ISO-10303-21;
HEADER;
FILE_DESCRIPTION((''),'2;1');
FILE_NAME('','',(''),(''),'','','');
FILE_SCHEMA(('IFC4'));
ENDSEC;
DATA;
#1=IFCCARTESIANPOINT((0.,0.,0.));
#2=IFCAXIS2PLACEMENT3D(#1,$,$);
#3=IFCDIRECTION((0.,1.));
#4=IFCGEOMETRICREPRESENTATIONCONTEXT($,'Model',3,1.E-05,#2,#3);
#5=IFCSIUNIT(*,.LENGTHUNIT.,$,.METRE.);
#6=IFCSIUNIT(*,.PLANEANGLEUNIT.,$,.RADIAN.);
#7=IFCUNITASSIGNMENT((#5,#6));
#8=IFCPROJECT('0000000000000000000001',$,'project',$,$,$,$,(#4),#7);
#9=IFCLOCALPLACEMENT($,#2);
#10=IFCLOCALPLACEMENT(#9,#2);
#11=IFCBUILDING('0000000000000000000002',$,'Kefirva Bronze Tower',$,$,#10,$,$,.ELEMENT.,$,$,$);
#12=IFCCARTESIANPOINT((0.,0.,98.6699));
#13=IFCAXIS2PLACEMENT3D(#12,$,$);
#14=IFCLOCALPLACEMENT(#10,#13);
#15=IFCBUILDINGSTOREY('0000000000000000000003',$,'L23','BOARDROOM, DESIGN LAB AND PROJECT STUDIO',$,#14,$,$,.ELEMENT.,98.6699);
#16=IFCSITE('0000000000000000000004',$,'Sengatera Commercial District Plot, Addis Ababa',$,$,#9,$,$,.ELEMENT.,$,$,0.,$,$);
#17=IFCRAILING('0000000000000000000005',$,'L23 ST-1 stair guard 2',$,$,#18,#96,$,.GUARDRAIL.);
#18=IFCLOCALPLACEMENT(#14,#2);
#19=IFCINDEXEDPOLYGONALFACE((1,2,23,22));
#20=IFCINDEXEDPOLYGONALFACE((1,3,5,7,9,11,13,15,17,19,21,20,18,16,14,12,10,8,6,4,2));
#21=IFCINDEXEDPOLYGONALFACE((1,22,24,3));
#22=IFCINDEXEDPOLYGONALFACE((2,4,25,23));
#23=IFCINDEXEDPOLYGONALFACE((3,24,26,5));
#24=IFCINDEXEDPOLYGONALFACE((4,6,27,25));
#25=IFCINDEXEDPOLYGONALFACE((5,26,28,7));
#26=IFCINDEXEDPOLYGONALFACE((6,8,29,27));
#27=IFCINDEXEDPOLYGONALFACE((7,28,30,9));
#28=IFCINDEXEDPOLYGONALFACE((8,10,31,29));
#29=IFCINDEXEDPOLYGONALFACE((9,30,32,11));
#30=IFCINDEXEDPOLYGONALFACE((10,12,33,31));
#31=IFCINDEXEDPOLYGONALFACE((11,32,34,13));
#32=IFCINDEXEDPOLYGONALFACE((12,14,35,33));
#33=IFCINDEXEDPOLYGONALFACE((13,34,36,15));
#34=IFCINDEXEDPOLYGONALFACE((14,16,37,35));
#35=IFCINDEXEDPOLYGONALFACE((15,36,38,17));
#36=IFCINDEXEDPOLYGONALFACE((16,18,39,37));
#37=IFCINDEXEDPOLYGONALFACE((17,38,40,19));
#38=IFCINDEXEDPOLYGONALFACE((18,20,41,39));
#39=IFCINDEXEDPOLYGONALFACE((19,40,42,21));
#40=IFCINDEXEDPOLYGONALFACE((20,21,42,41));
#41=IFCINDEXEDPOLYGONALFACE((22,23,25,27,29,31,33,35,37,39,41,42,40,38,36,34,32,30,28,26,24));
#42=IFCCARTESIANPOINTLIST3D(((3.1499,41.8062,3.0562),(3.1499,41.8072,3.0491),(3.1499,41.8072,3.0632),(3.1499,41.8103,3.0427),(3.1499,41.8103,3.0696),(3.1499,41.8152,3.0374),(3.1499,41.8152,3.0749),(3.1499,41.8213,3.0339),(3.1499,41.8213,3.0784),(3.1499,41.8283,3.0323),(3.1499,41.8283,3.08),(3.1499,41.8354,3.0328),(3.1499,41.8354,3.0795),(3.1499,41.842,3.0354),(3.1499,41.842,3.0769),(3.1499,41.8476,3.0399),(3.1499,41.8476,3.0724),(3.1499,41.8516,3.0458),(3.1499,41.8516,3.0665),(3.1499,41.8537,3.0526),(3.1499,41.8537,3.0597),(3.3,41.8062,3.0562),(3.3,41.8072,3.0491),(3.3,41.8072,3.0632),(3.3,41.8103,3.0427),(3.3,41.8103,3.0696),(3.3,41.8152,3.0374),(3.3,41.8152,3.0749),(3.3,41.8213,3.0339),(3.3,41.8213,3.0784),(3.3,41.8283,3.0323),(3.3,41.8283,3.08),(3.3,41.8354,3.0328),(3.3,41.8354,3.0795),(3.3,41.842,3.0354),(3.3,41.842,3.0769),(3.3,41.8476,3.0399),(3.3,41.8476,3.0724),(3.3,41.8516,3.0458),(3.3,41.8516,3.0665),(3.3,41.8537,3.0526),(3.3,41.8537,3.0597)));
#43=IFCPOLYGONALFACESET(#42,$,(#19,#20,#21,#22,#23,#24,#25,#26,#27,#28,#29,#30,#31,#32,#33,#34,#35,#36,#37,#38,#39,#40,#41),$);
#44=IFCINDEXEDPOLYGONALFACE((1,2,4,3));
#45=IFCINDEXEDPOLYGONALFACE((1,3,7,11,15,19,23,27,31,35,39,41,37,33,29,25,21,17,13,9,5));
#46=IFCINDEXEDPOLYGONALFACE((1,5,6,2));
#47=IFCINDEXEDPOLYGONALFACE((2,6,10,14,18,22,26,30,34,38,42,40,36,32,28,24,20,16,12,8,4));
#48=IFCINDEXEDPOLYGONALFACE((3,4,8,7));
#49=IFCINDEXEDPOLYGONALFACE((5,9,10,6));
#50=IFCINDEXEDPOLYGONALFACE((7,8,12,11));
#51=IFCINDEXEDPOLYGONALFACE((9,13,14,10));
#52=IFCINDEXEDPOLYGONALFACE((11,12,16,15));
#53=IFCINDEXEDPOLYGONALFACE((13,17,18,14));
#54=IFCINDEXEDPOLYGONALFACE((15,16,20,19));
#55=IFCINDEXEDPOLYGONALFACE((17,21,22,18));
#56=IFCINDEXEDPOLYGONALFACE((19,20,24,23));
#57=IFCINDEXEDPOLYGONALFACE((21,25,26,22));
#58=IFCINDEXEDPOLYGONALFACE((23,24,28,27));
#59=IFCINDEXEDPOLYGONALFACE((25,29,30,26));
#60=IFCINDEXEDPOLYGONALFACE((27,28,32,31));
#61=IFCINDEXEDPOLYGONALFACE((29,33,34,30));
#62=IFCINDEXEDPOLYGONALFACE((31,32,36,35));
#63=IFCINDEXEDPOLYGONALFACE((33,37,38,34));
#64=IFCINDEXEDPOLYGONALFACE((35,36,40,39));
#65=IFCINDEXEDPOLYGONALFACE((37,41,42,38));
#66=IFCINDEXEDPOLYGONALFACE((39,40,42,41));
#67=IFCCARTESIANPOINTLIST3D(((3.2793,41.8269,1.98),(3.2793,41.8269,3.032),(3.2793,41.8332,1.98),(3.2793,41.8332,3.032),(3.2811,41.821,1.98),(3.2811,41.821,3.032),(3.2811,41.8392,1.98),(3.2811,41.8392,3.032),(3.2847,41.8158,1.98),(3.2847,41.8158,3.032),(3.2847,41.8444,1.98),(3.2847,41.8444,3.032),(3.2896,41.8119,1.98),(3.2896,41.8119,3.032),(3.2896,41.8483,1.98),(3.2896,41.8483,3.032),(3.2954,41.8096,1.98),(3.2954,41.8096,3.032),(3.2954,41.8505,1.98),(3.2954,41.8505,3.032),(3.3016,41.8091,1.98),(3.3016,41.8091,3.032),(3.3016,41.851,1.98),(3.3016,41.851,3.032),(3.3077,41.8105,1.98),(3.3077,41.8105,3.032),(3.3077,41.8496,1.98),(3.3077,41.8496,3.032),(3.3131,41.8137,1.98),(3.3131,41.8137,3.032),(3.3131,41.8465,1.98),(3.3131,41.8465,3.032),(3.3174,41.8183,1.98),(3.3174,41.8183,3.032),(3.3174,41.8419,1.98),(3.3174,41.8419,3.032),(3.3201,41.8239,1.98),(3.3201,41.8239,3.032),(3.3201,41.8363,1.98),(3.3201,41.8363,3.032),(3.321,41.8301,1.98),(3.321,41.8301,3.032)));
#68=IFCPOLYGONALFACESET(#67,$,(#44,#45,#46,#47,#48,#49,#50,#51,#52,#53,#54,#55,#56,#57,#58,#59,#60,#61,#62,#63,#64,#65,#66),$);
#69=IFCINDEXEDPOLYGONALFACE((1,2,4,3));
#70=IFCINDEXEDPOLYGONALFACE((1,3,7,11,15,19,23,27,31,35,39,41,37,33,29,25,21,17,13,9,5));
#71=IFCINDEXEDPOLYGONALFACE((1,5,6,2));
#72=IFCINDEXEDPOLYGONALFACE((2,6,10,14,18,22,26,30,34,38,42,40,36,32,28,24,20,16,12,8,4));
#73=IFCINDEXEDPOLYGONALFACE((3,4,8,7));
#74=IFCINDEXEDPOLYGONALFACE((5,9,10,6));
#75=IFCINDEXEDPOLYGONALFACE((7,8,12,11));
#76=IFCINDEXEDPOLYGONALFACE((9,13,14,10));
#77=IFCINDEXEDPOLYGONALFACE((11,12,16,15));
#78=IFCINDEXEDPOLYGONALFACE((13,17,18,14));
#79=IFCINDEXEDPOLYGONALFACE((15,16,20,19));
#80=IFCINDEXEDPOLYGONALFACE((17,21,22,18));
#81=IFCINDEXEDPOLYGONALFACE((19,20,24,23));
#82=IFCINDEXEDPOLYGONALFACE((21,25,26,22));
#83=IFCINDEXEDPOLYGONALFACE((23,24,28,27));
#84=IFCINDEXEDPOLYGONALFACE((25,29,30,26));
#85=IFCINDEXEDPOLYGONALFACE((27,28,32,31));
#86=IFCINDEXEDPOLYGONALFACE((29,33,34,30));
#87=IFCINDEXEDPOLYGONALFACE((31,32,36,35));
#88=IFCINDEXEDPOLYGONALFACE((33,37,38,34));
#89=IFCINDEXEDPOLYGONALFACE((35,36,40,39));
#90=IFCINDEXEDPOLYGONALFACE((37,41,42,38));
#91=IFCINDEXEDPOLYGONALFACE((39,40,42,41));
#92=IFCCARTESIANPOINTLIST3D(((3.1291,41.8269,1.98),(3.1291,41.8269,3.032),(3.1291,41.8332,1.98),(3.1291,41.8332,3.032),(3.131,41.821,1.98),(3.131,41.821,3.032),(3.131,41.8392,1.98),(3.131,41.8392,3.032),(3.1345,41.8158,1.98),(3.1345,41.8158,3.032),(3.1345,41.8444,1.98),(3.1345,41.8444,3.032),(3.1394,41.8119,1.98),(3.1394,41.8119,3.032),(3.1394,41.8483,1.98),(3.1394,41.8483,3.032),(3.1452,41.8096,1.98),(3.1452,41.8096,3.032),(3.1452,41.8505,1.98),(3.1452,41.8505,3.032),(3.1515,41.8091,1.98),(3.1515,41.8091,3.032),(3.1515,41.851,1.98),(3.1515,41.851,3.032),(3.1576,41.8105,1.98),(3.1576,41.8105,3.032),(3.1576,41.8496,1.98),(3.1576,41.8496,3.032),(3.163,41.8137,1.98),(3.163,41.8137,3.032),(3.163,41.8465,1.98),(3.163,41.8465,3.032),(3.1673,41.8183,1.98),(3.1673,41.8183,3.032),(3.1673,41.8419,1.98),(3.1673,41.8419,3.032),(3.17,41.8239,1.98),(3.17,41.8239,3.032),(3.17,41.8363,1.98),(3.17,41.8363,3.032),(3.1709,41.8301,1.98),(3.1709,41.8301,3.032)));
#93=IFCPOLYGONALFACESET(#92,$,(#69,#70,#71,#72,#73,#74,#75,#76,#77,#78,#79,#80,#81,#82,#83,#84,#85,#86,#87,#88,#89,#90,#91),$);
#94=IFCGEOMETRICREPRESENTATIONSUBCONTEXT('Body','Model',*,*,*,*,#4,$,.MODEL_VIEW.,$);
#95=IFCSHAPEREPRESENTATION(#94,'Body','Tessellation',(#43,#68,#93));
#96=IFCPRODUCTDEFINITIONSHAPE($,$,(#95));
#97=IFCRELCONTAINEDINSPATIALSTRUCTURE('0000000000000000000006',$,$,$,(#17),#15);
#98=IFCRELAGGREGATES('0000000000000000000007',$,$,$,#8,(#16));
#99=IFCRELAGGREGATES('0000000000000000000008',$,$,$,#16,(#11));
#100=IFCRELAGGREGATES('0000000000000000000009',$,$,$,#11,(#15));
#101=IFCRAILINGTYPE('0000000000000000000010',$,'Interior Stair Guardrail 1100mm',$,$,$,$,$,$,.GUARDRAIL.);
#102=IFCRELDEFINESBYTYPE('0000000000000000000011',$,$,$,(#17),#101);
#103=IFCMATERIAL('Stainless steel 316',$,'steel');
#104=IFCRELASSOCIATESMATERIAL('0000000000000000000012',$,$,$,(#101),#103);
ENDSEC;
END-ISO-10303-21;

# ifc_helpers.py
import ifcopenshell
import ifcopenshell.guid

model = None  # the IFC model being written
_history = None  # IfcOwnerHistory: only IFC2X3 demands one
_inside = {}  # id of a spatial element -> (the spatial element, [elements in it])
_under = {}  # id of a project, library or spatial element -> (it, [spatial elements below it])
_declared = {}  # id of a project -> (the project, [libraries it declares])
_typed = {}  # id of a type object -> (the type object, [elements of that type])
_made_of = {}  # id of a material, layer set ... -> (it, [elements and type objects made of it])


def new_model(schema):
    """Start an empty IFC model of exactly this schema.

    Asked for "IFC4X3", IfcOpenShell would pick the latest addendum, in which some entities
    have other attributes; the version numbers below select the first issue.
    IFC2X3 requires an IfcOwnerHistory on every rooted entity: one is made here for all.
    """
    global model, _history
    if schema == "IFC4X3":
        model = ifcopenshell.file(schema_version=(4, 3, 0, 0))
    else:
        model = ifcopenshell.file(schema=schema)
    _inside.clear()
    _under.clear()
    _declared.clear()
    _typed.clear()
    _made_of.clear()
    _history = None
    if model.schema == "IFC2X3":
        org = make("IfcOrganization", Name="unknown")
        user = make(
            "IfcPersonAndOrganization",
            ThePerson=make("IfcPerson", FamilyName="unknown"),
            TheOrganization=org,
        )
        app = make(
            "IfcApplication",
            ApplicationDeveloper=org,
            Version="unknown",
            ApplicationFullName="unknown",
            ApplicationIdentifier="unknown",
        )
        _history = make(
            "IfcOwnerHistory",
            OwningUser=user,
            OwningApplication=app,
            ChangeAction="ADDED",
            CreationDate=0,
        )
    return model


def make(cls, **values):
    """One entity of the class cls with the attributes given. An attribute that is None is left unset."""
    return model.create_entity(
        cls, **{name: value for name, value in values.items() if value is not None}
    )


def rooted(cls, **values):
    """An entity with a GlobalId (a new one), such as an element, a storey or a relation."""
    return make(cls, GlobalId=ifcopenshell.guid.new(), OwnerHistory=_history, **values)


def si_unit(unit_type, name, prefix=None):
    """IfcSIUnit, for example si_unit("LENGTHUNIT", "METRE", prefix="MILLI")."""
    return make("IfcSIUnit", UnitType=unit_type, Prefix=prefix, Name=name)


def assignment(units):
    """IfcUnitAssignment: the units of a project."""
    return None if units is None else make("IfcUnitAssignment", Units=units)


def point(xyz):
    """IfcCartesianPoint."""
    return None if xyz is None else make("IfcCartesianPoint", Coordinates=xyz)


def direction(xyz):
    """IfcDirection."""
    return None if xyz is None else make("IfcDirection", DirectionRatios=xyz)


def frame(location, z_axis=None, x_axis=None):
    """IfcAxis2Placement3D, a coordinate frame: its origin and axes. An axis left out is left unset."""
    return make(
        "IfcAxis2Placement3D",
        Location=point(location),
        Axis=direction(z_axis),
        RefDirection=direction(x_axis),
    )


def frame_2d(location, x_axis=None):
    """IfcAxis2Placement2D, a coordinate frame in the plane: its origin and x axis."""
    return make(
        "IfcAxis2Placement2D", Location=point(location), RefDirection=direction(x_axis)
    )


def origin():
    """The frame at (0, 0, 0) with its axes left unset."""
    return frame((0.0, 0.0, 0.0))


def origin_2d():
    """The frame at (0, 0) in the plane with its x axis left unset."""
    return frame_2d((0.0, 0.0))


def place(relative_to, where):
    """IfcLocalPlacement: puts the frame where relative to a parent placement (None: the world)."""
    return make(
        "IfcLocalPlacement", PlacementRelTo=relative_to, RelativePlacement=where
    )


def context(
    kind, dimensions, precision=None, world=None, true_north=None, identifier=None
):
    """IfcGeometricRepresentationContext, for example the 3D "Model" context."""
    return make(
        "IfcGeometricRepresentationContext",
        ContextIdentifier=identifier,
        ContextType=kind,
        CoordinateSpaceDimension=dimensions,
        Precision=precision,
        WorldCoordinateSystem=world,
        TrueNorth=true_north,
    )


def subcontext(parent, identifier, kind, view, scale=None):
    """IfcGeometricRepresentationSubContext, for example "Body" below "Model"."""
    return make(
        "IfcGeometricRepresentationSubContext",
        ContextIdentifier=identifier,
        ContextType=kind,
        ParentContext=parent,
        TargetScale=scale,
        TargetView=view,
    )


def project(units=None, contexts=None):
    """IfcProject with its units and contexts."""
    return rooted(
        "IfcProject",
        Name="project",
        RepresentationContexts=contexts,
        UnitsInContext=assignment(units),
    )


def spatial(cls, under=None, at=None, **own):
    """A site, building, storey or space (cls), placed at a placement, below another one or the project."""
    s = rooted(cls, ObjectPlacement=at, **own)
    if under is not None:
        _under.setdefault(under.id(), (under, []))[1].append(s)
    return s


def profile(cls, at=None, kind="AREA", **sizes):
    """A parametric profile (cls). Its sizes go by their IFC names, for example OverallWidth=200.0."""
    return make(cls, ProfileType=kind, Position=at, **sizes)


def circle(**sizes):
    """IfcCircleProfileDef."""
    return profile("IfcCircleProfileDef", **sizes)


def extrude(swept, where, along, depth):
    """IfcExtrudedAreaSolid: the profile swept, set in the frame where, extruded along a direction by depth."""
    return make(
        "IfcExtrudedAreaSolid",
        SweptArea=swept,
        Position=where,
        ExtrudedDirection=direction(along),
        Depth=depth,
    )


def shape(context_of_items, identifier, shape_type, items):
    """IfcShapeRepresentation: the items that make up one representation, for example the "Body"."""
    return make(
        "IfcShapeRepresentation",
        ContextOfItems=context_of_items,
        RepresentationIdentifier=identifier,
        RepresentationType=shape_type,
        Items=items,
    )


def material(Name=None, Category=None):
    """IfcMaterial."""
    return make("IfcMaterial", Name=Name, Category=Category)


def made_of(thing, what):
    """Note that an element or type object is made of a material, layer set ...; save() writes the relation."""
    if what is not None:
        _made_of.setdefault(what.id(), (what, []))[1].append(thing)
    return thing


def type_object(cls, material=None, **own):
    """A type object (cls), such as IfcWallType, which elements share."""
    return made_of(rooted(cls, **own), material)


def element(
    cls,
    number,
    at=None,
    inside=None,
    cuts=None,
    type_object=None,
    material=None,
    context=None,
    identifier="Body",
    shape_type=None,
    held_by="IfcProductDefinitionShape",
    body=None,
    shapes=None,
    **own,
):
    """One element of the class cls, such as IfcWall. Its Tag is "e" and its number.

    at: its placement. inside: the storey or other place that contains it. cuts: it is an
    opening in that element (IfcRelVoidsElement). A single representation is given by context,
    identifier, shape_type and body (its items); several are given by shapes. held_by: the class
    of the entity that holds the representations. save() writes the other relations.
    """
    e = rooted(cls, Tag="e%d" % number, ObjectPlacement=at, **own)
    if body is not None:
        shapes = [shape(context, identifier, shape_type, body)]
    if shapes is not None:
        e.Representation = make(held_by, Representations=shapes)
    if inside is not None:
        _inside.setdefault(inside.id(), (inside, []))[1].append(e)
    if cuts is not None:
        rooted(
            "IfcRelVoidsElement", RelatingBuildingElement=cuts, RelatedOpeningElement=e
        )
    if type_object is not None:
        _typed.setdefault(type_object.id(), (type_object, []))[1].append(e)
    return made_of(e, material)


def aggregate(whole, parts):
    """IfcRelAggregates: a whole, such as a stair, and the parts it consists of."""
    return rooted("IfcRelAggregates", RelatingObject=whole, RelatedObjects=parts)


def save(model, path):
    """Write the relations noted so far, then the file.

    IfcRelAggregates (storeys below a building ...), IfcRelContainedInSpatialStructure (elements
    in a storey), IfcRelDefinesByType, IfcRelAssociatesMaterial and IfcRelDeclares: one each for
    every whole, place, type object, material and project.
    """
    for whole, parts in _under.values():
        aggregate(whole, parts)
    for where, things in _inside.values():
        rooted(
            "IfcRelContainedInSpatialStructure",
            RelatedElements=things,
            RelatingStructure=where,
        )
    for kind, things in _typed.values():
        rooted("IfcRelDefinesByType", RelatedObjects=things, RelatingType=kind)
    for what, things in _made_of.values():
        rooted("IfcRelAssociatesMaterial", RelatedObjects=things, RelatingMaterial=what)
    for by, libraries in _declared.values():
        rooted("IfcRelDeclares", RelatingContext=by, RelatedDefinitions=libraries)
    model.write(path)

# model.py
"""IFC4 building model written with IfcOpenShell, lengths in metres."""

from ifc_helpers import new_model, si_unit, direction, frame, origin, origin_2d, place, context, subcontext, project, spatial, circle, extrude, material, type_object, element, save


model = new_model("IFC4")

# Units and contexts
model_context = context("Model", 3, precision=1e-05, world=origin(), true_north=direction((0.0, 1.0)))
body_context = subcontext(model_context, "Body", "Model", "MODEL_VIEW")
ifc_project = project(units=[si_unit("LENGTHUNIT", "METRE"), si_unit("PLANEANGLEUNIT", "RADIAN")], contexts=[model_context])

# Site, building, storey
site_placement = place(None, origin())
site = spatial("IfcSite", under=ifc_project, at=site_placement, Name="Sengatera Commercial District Plot, Addis Ababa", CompositionType="ELEMENT", RefElevation=0.0)
building_placement = place(site_placement, origin())
building = spatial("IfcBuilding", under=site, at=building_placement, Name="Kefirva Bronze Tower", CompositionType="ELEMENT")
storey_placement = place(building_placement, frame((0.0, 0.0, 98.6699)))
storey = spatial("IfcBuildingStorey", under=building, at=storey_placement, Name="L23", Description="BOARDROOM, DESIGN LAB AND PROJECT STUDIO", CompositionType="ELEMENT", Elevation=98.6699)

# Railing
ifc_material_1 = material(Name="Stainless steel 316", Category="steel")
railing_type_1 = type_object("IfcRailingType", Name="Interior Stair Guardrail 1100mm", PredefinedType="GUARDRAIL", material=ifc_material_1)
railing_1_placement = place(storey_placement, frame((3.3, 41.8301, 1.98)))
element("IfcRailing", 1, at=railing_1_placement, inside=storey, type_object=railing_type_1, Name="L23 ST-1 stair guard 2", PredefinedType="GUARDRAIL", context=body_context, shape_type="SweptSolid", body=[
    extrude(circle(Radius=0.0239, at=origin_2d()), frame((0.0, 0.0, 1.0762), z_axis=(-1.0, 0.0, 0.0), x_axis=(0.0, -1.0, 0.0)), (0.0, 0.0, 1.0), 0.1501),
    extrude(circle(Radius=0.021, at=origin_2d()), origin(), (0.0, 0.0, 1.0), 1.052),
    extrude(circle(Radius=0.021, at=origin_2d()), frame((-0.1501, 0.0, 0.0)), (0.0, 0.0, 1.0), 1.052),
])

save(model, "model.ifc")
